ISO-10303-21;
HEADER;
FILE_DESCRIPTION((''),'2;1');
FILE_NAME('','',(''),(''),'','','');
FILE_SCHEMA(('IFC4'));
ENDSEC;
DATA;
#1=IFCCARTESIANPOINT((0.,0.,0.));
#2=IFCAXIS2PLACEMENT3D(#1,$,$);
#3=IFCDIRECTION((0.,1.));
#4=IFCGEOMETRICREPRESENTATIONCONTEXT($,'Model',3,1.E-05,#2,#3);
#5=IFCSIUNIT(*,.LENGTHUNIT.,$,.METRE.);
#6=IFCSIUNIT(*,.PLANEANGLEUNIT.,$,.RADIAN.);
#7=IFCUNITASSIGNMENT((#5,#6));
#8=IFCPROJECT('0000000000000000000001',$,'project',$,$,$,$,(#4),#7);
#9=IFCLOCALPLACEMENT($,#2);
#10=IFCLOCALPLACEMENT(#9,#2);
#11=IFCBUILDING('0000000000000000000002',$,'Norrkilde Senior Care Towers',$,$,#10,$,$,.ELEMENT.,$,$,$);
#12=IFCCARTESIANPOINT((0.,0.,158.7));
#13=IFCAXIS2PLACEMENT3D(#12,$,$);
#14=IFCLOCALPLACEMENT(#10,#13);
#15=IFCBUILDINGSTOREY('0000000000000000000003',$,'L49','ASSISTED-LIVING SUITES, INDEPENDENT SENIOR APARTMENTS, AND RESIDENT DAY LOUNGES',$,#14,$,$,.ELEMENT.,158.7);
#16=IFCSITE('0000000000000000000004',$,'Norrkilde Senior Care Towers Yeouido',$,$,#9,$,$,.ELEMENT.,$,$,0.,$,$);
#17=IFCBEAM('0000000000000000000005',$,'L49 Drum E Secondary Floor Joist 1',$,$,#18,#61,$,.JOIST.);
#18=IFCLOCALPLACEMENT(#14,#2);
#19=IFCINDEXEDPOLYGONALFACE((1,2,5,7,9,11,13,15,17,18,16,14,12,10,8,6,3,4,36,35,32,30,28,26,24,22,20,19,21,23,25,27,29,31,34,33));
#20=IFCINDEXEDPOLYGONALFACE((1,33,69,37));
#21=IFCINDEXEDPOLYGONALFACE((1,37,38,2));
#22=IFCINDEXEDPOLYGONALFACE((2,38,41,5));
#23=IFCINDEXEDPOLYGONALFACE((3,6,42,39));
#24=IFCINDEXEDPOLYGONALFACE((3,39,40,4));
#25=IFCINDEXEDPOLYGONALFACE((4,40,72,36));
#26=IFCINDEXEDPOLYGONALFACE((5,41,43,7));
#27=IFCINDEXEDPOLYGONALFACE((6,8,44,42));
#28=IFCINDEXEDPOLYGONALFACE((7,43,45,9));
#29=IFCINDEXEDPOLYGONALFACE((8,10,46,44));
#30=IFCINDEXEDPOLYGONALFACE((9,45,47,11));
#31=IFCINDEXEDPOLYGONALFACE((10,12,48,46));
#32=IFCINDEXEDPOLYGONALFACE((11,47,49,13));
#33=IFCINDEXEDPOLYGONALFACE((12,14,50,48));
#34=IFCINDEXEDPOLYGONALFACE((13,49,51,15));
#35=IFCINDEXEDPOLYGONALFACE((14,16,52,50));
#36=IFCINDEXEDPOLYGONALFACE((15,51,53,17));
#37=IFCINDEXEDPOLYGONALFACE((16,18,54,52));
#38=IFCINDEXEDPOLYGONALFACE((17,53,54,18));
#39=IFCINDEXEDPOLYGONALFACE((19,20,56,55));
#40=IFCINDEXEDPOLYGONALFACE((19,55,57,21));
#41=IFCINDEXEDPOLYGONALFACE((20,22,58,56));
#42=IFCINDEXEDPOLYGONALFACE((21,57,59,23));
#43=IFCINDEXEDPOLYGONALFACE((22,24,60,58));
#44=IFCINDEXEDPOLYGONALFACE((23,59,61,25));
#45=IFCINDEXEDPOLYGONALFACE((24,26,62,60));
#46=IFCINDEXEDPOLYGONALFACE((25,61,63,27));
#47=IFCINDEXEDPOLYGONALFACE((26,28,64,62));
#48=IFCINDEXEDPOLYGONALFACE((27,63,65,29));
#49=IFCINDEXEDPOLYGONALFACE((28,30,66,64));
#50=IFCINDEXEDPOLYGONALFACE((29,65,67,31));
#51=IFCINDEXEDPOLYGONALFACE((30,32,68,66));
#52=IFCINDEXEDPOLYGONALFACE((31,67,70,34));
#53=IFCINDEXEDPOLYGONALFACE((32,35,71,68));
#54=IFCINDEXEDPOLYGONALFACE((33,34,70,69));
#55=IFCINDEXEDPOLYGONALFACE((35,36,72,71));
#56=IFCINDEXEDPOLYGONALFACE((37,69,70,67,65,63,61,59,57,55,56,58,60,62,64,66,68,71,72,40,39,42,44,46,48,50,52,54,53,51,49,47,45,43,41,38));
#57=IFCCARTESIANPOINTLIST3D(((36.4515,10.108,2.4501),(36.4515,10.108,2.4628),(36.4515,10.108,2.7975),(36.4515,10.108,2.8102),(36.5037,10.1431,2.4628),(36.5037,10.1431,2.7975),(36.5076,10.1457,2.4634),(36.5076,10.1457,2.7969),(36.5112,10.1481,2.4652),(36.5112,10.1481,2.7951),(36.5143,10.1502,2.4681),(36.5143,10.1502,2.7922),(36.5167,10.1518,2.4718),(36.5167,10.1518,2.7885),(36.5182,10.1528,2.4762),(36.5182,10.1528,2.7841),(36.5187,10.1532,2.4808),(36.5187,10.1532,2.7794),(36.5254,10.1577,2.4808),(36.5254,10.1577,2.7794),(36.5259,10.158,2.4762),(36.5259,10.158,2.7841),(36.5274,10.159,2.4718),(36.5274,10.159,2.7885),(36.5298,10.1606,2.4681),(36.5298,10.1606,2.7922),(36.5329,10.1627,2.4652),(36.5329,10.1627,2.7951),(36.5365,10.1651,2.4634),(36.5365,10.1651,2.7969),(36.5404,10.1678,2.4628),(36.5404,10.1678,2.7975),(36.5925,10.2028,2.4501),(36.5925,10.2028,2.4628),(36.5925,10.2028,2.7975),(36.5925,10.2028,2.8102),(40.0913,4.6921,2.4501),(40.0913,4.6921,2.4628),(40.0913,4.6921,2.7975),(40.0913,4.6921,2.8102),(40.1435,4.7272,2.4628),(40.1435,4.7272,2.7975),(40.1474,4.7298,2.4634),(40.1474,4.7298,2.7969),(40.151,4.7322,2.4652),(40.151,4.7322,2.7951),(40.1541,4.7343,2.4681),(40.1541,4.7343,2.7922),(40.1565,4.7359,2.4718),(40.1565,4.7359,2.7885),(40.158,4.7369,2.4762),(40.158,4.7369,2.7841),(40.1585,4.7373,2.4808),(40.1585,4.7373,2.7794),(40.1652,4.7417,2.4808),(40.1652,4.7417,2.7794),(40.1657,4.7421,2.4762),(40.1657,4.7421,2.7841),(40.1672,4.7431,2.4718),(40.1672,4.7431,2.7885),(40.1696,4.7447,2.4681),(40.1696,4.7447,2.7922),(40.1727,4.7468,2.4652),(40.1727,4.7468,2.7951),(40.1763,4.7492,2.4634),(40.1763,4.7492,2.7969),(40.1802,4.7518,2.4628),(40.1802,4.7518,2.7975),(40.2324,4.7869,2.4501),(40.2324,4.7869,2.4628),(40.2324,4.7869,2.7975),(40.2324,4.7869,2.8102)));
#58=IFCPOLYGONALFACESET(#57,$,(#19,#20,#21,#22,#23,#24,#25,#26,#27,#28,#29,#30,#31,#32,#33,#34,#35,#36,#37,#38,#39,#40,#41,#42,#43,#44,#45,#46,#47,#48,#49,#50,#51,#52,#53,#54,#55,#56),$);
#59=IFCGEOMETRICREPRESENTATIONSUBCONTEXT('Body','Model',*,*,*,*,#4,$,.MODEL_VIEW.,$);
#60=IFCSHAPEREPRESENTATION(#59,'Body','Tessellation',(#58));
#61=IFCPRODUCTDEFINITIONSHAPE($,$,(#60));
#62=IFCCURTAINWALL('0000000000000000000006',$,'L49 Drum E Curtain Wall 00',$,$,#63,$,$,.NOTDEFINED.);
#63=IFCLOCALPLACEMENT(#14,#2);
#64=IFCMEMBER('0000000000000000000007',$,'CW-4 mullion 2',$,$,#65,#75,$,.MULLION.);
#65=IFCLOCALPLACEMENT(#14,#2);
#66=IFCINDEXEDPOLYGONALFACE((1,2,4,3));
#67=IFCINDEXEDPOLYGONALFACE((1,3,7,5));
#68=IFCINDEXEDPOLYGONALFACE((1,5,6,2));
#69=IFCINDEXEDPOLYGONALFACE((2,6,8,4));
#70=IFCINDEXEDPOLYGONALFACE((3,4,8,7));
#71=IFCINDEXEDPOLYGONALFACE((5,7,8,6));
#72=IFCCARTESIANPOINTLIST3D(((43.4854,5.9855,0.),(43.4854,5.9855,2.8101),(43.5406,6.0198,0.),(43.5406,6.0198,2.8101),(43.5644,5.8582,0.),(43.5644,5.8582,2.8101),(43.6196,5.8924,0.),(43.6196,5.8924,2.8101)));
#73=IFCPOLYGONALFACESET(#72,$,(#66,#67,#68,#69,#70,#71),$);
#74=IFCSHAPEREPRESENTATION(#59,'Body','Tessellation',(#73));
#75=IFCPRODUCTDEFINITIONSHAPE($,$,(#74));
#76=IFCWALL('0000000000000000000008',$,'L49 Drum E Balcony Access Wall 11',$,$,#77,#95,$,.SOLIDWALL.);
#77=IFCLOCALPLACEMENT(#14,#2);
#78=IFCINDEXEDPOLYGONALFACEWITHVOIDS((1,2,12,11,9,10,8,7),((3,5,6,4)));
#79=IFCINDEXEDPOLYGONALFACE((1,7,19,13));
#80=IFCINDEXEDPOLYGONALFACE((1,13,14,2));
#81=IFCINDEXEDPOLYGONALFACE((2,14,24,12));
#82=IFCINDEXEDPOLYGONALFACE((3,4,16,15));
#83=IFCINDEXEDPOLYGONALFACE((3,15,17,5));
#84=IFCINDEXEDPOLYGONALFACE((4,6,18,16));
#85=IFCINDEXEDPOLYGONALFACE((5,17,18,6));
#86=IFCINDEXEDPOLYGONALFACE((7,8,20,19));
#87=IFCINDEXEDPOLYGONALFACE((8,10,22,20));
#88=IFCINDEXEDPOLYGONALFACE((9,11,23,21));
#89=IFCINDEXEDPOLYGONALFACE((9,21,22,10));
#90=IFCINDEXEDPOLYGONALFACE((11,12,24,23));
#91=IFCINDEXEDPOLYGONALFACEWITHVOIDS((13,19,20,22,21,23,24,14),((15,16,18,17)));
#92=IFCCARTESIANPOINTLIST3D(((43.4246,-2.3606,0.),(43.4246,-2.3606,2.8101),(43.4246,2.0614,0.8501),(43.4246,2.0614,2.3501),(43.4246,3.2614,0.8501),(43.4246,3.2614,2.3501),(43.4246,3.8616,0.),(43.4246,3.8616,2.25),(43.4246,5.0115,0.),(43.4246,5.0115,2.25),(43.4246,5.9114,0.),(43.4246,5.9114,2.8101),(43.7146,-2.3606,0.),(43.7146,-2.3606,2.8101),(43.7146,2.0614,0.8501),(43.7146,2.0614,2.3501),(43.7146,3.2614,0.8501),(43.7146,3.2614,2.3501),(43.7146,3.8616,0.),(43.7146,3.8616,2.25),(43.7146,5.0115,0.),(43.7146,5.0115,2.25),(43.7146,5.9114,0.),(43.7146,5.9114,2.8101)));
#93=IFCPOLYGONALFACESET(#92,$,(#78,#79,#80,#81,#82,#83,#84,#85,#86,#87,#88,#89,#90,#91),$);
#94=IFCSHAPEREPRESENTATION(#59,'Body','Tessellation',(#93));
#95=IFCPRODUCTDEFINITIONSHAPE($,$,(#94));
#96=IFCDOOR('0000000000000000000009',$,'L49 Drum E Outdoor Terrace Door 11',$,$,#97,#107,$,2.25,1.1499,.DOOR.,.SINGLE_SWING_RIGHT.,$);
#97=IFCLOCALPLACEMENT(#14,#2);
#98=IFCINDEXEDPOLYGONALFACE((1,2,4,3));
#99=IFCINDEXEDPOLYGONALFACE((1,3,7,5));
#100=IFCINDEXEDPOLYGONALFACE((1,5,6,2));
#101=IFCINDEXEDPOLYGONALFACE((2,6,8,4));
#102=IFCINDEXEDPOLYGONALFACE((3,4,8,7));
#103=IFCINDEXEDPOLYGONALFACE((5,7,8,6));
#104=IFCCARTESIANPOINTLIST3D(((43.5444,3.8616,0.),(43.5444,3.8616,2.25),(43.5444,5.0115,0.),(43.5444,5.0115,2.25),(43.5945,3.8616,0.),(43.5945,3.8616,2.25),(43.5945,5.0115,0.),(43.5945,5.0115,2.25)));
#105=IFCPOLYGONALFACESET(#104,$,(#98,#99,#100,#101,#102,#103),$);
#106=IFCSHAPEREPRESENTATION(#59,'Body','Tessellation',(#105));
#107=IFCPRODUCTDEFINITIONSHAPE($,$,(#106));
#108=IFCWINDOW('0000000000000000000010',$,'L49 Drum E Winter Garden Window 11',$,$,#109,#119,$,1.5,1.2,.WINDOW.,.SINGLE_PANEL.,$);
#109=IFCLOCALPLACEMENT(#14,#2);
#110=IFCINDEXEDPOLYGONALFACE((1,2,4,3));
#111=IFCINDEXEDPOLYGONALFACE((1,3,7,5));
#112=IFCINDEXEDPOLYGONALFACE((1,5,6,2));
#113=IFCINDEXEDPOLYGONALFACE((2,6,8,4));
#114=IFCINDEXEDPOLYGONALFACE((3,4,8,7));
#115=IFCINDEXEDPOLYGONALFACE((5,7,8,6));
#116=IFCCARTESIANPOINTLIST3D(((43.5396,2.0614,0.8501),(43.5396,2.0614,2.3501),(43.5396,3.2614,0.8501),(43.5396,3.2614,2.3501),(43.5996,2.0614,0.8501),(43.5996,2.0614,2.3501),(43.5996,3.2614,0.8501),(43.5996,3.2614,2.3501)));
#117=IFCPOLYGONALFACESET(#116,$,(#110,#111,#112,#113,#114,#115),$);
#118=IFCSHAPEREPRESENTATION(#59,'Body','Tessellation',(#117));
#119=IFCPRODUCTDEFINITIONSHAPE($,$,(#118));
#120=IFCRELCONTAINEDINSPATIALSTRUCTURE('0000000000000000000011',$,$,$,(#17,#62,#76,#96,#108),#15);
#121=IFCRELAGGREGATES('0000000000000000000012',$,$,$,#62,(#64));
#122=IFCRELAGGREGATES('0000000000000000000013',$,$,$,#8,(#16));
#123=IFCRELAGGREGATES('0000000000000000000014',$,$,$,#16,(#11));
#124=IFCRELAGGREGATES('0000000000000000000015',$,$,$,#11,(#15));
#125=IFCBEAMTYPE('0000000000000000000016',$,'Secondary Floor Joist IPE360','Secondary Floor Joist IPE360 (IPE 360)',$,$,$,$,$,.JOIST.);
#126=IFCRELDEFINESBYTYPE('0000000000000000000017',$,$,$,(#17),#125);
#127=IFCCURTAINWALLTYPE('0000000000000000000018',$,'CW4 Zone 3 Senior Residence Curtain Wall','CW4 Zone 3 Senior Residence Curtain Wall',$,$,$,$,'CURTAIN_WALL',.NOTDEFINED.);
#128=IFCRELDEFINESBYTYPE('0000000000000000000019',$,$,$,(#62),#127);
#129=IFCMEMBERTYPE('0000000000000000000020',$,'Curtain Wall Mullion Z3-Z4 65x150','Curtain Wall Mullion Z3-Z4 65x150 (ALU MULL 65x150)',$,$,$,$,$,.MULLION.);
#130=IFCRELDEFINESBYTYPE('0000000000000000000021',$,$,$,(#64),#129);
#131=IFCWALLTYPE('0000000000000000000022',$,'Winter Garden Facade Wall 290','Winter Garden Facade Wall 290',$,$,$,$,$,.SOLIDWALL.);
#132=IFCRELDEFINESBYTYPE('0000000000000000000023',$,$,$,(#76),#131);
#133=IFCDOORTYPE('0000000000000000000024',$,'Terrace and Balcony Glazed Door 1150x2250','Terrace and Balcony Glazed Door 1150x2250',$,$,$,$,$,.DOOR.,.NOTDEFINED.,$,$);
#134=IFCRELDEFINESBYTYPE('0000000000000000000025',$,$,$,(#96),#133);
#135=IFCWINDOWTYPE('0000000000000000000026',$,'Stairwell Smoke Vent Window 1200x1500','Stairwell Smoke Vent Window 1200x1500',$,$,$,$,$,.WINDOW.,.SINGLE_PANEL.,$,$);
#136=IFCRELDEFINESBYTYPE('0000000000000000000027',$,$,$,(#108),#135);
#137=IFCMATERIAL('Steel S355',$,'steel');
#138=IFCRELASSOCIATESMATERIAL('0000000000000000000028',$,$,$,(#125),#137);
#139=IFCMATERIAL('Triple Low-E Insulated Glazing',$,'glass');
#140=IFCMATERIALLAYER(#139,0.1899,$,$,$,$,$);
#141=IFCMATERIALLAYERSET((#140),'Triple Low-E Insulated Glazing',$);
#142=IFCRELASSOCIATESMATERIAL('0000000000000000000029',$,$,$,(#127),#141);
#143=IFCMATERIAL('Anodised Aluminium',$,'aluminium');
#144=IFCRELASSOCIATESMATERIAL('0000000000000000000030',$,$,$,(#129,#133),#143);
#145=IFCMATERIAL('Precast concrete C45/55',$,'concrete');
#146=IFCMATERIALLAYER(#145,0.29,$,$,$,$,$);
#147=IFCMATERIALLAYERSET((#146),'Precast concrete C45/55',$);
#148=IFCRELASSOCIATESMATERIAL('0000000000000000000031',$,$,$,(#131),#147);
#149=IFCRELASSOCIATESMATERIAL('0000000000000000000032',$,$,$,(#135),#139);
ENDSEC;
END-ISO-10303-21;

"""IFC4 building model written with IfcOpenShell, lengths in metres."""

from ifc_helpers import new_model, si_unit, direction, frame, frame_2d, origin, origin_2d, place, context, subcontext, project, spatial, rectangle, i_section, extrude, source, transform, mapped, material, layer, layer_set, material_profile, profile_set, type_object, type_shapes, element, fill, aggregate, save


model = new_model("IFC4")

# Units and contexts
model_context = context("Model", 3, precision=1e-05, world=origin(), true_north=direction((0.0, 1.0)))
body_context = subcontext(model_context, "Body", "Model", "MODEL_VIEW")
ifc_project = project(units=[si_unit("LENGTHUNIT", "METRE"), si_unit("PLANEANGLEUNIT", "RADIAN")], contexts=[model_context])

# Site, building, storey
site_placement = place(None, origin())
site = spatial("IfcSite", under=ifc_project, at=site_placement, Name="Norrkilde Senior Care Towers Yeouido", CompositionType="ELEMENT", RefElevation=0.0)
building_placement = place(site_placement, origin())
building = spatial("IfcBuilding", under=site, at=building_placement, Name="Norrkilde Senior Care Towers", CompositionType="ELEMENT")
storey_placement = place(building_placement, frame((0.0, 0.0, 158.7)))
storey = spatial("IfcBuildingStorey", under=building, at=storey_placement, Name="L49", Description="ASSISTED-LIVING SUITES, INDEPENDENT SENIOR APARTMENTS, AND RESIDENT DAY LOUNGES", CompositionType="ELEMENT", Elevation=158.7)

# Beam
ifc_material_1 = material(Name="Steel S355", Category="steel")
ifc_material_profile_1 = material_profile(ifc_material_1, i_section(OverallWidth=0.1699, OverallDepth=0.3601, WebThickness=0.0081, FlangeThickness=0.0127, FilletRadius=0.0181, at=origin_2d()), Name="IPE 360")
ifc_profile_set_1 = profile_set([ifc_material_profile_1], Name="Steel S355")
beam_type_1 = type_object("IfcBeamType", Name="Secondary Floor Joist IPE360", Description="Secondary Floor Joist IPE360 (IPE 360)", PredefinedType="JOIST", material=ifc_profile_set_1)
shared_shape_1 = source(origin(), body_context, "Body", "SweptSolid", [
    extrude(i_section(OverallWidth=0.1699, OverallDepth=0.3601, WebThickness=0.0081, FlangeThickness=0.0127, FilletRadius=0.0181, at=origin_2d()), origin(), (0.0, 0.0, 1.0), 6.5254),
])
type_shapes(beam_type_1, [shared_shape_1])
beam_1_placement = place(storey_placement, frame((40.1619, 4.7395, 2.6301), z_axis=(-0.557796, 0.829978, 0.0), x_axis=(-0.829978, -0.557796, 0.0)))
element("IfcBeam", 1, at=beam_1_placement, inside=storey, type_object=beam_type_1, Name="L49 Drum E Secondary Floor Joist 1", PredefinedType="JOIST", context=body_context, shape_type="MappedRepresentation", body=[
    mapped(shared_shape_1, transform((0.0, 0.0, 0.0), x_axis=(1.0, 0.0, 0.0), y_axis=(0.0, 1.0, 0.0), z_axis=(0.0, 0.0, 1.0), scale=1.0)),
])

# Curtain wall, member
ifc_material_2 = material(Name="Triple Low-E Insulated Glazing", Category="glass")
ifc_layer_1 = layer(ifc_material_2, 0.1899)
ifc_layer_set_1 = layer_set([ifc_layer_1], Name="Triple Low-E Insulated Glazing")
curtain_wall_type = type_object("IfcCurtainWallType", Name="CW4 Zone 3 Senior Residence Curtain Wall", Description="CW4 Zone 3 Senior Residence Curtain Wall", ElementType="CURTAIN_WALL", PredefinedType="NOTDEFINED", material=ifc_layer_set_1)
curtain_wall_placement = place(storey_placement, origin())
curtain_wall = element("IfcCurtainWall", 2, at=curtain_wall_placement, inside=storey, type_object=curtain_wall_type, Name="L49 Drum E Curtain Wall 00", PredefinedType="NOTDEFINED")
ifc_material_3 = material(Name="Anodised Aluminium", Category="aluminium")
ifc_material_profile_2 = material_profile(ifc_material_3, rectangle(XDim=0.0649, YDim=0.1499, at=origin_2d()), Name="ALU MULL 65x150")
ifc_profile_set_2 = profile_set([ifc_material_profile_2], Name="Anodised Aluminium")
member_type = type_object("IfcMemberType", Name="Curtain Wall Mullion Z3-Z4 65x150", Description="Curtain Wall Mullion Z3-Z4 65x150 (ALU MULL 65x150)", PredefinedType="MULLION", material=ifc_profile_set_2)
shared_shape_2 = source(origin(), body_context, "Body", "SweptSolid", [
    extrude(rectangle(XDim=0.0649, YDim=0.1499, at=origin_2d()), origin(), (0.0, 0.0, 1.0), 2.8101),
])
type_shapes(member_type, [shared_shape_2])
member_placement = place(storey_placement, frame((43.5525, 5.939, 0.0), z_axis=(0.0, 0.0, 1.0), x_axis=(0.849634, 0.527373, 0.0)))
member = element("IfcMember", 3, at=member_placement, type_object=member_type, Name="CW-4 mullion 2", PredefinedType="MULLION", context=body_context, shape_type="MappedRepresentation", body=[
    mapped(shared_shape_2, transform((0.0, 0.0, 0.0), x_axis=(1.0, 0.0, 0.0), y_axis=(0.0, 1.0, 0.0), z_axis=(0.0, 0.0, 1.0), scale=1.0)),
])
aggregate(curtain_wall, [member])

# Wall, openings, door, window
ifc_material_4 = material(Name="Precast concrete C45/55", Category="concrete")
ifc_layer_2 = layer(ifc_material_4, 0.29)
ifc_layer_set_2 = layer_set([ifc_layer_2], Name="Precast concrete C45/55")
wall_type_1 = type_object("IfcWallType", Name="Winter Garden Facade Wall 290", Description="Winter Garden Facade Wall 290", PredefinedType="SOLIDWALL", material=ifc_layer_set_2)
shared_shape_3 = source(origin(), body_context, "Body", "SweptSolid", [
    extrude(rectangle(XDim=8.272, YDim=0.29, at=frame_2d((4.136, 0.0))), origin(), (0.0, 0.0, 1.0), 2.8101),
])
type_shapes(wall_type_1, [shared_shape_3])
wall_1_placement = place(storey_placement, frame((43.5696, 5.9114, 0.0), z_axis=(0.0, 0.0, 1.0), x_axis=(0.0, -1.0, 0.0)))
wall_1 = element("IfcWall", 4, at=wall_1_placement, inside=storey, type_object=wall_type_1, Name="L49 Drum E Balcony Access Wall 11", PredefinedType="SOLIDWALL", context=body_context, shape_type="MappedRepresentation", body=[
    mapped(shared_shape_3, transform((0.0, 0.0, 0.0), x_axis=(1.0, 0.0, 0.0), y_axis=(0.0, 1.0, 0.0), z_axis=(0.0, 0.0, 1.0), scale=1.0)),
])
opening_1_placement = place(wall_1_placement, frame((0.8999, 0.0, 0.0)))
opening_1 = element("IfcOpeningElement", 5, at=opening_1_placement, cuts=wall_1, PredefinedType="OPENING", context=body_context, shape_type="SweptSolid", body=[
    extrude(rectangle(XDim=1.1499, YDim=2.25, at=frame_2d((0.575, 1.125))), frame((0.0, 0.155, 0.0), z_axis=(0.0, -1.0, 0.0), x_axis=(1.0, 0.0, 0.0)), (0.0, 0.0, 1.0), 0.3101),
])
opening_2_placement = place(wall_1_placement, frame((2.6499, 0.0, 0.8501)))
opening_2 = element("IfcOpeningElement", 6, at=opening_2_placement, cuts=wall_1, PredefinedType="OPENING", context=body_context, shape_type="SweptSolid", body=[
    extrude(rectangle(XDim=1.2, YDim=1.5, at=frame_2d((0.6001, 0.75))), frame((0.0, 0.155, 0.0), z_axis=(0.0, -1.0, 0.0), x_axis=(1.0, 0.0, 0.0)), (0.0, 0.0, 1.0), 0.3101),
])
door_type_1 = type_object("IfcDoorType", Name="Terrace and Balcony Glazed Door 1150x2250", Description="Terrace and Balcony Glazed Door 1150x2250", OperationType="NOTDEFINED", PredefinedType="DOOR", material=ifc_material_3)
shared_shape_4 = source(origin(), body_context, "Body", "SweptSolid", [
    extrude(rectangle(XDim=1.1499, YDim=2.25, at=frame_2d((0.575, 1.125))), frame((0.0, 0.0249, 0.0), z_axis=(0.0, -1.0, 0.0), x_axis=(1.0, 0.0, 0.0)), (0.0, 0.0, 1.0), 0.05),
])
type_shapes(door_type_1, [shared_shape_4])
door_1_placement = place(opening_1_placement, origin())
door_1 = element("IfcDoor", 7, at=door_1_placement, inside=storey, type_object=door_type_1, Name="L49 Drum E Outdoor Terrace Door 11", OperationType="SINGLE_SWING_RIGHT", OverallHeight=2.25, OverallWidth=1.1499, PredefinedType="DOOR", context=body_context, shape_type="MappedRepresentation", body=[
    mapped(shared_shape_4, transform((0.0, 0.0, 0.0), x_axis=(1.0, 0.0, 0.0), y_axis=(0.0, 1.0, 0.0), z_axis=(0.0, 0.0, 1.0), scale=1.0)),
])
fill(opening_1, door_1)
window_type = type_object("IfcWindowType", Name="Stairwell Smoke Vent Window 1200x1500", Description="Stairwell Smoke Vent Window 1200x1500", PartitioningType="SINGLE_PANEL", PredefinedType="WINDOW", material=ifc_material_2)
shared_shape_5 = source(origin(), body_context, "Body", "SweptSolid", [
    extrude(rectangle(XDim=1.2, YDim=1.5, at=frame_2d((0.6001, 0.75))), frame((0.0, 0.03, 0.0), z_axis=(0.0, -1.0, 0.0), x_axis=(1.0, 0.0, 0.0)), (0.0, 0.0, 1.0), 0.0601),
])
type_shapes(window_type, [shared_shape_5])
window_placement = place(opening_2_placement, origin())
window = element("IfcWindow", 8, at=window_placement, inside=storey, type_object=window_type, Name="L49 Drum E Winter Garden Window 11", OverallHeight=1.5, OverallWidth=1.2, PartitioningType="SINGLE_PANEL", PredefinedType="WINDOW", context=body_context, shape_type="MappedRepresentation", body=[
    mapped(shared_shape_5, transform((0.0, 0.0, 0.0), x_axis=(1.0, 0.0, 0.0), y_axis=(0.0, 1.0, 0.0), z_axis=(0.0, 0.0, 1.0), scale=1.0)),
])
fill(opening_2, window)

save(model, "model.ifc")
